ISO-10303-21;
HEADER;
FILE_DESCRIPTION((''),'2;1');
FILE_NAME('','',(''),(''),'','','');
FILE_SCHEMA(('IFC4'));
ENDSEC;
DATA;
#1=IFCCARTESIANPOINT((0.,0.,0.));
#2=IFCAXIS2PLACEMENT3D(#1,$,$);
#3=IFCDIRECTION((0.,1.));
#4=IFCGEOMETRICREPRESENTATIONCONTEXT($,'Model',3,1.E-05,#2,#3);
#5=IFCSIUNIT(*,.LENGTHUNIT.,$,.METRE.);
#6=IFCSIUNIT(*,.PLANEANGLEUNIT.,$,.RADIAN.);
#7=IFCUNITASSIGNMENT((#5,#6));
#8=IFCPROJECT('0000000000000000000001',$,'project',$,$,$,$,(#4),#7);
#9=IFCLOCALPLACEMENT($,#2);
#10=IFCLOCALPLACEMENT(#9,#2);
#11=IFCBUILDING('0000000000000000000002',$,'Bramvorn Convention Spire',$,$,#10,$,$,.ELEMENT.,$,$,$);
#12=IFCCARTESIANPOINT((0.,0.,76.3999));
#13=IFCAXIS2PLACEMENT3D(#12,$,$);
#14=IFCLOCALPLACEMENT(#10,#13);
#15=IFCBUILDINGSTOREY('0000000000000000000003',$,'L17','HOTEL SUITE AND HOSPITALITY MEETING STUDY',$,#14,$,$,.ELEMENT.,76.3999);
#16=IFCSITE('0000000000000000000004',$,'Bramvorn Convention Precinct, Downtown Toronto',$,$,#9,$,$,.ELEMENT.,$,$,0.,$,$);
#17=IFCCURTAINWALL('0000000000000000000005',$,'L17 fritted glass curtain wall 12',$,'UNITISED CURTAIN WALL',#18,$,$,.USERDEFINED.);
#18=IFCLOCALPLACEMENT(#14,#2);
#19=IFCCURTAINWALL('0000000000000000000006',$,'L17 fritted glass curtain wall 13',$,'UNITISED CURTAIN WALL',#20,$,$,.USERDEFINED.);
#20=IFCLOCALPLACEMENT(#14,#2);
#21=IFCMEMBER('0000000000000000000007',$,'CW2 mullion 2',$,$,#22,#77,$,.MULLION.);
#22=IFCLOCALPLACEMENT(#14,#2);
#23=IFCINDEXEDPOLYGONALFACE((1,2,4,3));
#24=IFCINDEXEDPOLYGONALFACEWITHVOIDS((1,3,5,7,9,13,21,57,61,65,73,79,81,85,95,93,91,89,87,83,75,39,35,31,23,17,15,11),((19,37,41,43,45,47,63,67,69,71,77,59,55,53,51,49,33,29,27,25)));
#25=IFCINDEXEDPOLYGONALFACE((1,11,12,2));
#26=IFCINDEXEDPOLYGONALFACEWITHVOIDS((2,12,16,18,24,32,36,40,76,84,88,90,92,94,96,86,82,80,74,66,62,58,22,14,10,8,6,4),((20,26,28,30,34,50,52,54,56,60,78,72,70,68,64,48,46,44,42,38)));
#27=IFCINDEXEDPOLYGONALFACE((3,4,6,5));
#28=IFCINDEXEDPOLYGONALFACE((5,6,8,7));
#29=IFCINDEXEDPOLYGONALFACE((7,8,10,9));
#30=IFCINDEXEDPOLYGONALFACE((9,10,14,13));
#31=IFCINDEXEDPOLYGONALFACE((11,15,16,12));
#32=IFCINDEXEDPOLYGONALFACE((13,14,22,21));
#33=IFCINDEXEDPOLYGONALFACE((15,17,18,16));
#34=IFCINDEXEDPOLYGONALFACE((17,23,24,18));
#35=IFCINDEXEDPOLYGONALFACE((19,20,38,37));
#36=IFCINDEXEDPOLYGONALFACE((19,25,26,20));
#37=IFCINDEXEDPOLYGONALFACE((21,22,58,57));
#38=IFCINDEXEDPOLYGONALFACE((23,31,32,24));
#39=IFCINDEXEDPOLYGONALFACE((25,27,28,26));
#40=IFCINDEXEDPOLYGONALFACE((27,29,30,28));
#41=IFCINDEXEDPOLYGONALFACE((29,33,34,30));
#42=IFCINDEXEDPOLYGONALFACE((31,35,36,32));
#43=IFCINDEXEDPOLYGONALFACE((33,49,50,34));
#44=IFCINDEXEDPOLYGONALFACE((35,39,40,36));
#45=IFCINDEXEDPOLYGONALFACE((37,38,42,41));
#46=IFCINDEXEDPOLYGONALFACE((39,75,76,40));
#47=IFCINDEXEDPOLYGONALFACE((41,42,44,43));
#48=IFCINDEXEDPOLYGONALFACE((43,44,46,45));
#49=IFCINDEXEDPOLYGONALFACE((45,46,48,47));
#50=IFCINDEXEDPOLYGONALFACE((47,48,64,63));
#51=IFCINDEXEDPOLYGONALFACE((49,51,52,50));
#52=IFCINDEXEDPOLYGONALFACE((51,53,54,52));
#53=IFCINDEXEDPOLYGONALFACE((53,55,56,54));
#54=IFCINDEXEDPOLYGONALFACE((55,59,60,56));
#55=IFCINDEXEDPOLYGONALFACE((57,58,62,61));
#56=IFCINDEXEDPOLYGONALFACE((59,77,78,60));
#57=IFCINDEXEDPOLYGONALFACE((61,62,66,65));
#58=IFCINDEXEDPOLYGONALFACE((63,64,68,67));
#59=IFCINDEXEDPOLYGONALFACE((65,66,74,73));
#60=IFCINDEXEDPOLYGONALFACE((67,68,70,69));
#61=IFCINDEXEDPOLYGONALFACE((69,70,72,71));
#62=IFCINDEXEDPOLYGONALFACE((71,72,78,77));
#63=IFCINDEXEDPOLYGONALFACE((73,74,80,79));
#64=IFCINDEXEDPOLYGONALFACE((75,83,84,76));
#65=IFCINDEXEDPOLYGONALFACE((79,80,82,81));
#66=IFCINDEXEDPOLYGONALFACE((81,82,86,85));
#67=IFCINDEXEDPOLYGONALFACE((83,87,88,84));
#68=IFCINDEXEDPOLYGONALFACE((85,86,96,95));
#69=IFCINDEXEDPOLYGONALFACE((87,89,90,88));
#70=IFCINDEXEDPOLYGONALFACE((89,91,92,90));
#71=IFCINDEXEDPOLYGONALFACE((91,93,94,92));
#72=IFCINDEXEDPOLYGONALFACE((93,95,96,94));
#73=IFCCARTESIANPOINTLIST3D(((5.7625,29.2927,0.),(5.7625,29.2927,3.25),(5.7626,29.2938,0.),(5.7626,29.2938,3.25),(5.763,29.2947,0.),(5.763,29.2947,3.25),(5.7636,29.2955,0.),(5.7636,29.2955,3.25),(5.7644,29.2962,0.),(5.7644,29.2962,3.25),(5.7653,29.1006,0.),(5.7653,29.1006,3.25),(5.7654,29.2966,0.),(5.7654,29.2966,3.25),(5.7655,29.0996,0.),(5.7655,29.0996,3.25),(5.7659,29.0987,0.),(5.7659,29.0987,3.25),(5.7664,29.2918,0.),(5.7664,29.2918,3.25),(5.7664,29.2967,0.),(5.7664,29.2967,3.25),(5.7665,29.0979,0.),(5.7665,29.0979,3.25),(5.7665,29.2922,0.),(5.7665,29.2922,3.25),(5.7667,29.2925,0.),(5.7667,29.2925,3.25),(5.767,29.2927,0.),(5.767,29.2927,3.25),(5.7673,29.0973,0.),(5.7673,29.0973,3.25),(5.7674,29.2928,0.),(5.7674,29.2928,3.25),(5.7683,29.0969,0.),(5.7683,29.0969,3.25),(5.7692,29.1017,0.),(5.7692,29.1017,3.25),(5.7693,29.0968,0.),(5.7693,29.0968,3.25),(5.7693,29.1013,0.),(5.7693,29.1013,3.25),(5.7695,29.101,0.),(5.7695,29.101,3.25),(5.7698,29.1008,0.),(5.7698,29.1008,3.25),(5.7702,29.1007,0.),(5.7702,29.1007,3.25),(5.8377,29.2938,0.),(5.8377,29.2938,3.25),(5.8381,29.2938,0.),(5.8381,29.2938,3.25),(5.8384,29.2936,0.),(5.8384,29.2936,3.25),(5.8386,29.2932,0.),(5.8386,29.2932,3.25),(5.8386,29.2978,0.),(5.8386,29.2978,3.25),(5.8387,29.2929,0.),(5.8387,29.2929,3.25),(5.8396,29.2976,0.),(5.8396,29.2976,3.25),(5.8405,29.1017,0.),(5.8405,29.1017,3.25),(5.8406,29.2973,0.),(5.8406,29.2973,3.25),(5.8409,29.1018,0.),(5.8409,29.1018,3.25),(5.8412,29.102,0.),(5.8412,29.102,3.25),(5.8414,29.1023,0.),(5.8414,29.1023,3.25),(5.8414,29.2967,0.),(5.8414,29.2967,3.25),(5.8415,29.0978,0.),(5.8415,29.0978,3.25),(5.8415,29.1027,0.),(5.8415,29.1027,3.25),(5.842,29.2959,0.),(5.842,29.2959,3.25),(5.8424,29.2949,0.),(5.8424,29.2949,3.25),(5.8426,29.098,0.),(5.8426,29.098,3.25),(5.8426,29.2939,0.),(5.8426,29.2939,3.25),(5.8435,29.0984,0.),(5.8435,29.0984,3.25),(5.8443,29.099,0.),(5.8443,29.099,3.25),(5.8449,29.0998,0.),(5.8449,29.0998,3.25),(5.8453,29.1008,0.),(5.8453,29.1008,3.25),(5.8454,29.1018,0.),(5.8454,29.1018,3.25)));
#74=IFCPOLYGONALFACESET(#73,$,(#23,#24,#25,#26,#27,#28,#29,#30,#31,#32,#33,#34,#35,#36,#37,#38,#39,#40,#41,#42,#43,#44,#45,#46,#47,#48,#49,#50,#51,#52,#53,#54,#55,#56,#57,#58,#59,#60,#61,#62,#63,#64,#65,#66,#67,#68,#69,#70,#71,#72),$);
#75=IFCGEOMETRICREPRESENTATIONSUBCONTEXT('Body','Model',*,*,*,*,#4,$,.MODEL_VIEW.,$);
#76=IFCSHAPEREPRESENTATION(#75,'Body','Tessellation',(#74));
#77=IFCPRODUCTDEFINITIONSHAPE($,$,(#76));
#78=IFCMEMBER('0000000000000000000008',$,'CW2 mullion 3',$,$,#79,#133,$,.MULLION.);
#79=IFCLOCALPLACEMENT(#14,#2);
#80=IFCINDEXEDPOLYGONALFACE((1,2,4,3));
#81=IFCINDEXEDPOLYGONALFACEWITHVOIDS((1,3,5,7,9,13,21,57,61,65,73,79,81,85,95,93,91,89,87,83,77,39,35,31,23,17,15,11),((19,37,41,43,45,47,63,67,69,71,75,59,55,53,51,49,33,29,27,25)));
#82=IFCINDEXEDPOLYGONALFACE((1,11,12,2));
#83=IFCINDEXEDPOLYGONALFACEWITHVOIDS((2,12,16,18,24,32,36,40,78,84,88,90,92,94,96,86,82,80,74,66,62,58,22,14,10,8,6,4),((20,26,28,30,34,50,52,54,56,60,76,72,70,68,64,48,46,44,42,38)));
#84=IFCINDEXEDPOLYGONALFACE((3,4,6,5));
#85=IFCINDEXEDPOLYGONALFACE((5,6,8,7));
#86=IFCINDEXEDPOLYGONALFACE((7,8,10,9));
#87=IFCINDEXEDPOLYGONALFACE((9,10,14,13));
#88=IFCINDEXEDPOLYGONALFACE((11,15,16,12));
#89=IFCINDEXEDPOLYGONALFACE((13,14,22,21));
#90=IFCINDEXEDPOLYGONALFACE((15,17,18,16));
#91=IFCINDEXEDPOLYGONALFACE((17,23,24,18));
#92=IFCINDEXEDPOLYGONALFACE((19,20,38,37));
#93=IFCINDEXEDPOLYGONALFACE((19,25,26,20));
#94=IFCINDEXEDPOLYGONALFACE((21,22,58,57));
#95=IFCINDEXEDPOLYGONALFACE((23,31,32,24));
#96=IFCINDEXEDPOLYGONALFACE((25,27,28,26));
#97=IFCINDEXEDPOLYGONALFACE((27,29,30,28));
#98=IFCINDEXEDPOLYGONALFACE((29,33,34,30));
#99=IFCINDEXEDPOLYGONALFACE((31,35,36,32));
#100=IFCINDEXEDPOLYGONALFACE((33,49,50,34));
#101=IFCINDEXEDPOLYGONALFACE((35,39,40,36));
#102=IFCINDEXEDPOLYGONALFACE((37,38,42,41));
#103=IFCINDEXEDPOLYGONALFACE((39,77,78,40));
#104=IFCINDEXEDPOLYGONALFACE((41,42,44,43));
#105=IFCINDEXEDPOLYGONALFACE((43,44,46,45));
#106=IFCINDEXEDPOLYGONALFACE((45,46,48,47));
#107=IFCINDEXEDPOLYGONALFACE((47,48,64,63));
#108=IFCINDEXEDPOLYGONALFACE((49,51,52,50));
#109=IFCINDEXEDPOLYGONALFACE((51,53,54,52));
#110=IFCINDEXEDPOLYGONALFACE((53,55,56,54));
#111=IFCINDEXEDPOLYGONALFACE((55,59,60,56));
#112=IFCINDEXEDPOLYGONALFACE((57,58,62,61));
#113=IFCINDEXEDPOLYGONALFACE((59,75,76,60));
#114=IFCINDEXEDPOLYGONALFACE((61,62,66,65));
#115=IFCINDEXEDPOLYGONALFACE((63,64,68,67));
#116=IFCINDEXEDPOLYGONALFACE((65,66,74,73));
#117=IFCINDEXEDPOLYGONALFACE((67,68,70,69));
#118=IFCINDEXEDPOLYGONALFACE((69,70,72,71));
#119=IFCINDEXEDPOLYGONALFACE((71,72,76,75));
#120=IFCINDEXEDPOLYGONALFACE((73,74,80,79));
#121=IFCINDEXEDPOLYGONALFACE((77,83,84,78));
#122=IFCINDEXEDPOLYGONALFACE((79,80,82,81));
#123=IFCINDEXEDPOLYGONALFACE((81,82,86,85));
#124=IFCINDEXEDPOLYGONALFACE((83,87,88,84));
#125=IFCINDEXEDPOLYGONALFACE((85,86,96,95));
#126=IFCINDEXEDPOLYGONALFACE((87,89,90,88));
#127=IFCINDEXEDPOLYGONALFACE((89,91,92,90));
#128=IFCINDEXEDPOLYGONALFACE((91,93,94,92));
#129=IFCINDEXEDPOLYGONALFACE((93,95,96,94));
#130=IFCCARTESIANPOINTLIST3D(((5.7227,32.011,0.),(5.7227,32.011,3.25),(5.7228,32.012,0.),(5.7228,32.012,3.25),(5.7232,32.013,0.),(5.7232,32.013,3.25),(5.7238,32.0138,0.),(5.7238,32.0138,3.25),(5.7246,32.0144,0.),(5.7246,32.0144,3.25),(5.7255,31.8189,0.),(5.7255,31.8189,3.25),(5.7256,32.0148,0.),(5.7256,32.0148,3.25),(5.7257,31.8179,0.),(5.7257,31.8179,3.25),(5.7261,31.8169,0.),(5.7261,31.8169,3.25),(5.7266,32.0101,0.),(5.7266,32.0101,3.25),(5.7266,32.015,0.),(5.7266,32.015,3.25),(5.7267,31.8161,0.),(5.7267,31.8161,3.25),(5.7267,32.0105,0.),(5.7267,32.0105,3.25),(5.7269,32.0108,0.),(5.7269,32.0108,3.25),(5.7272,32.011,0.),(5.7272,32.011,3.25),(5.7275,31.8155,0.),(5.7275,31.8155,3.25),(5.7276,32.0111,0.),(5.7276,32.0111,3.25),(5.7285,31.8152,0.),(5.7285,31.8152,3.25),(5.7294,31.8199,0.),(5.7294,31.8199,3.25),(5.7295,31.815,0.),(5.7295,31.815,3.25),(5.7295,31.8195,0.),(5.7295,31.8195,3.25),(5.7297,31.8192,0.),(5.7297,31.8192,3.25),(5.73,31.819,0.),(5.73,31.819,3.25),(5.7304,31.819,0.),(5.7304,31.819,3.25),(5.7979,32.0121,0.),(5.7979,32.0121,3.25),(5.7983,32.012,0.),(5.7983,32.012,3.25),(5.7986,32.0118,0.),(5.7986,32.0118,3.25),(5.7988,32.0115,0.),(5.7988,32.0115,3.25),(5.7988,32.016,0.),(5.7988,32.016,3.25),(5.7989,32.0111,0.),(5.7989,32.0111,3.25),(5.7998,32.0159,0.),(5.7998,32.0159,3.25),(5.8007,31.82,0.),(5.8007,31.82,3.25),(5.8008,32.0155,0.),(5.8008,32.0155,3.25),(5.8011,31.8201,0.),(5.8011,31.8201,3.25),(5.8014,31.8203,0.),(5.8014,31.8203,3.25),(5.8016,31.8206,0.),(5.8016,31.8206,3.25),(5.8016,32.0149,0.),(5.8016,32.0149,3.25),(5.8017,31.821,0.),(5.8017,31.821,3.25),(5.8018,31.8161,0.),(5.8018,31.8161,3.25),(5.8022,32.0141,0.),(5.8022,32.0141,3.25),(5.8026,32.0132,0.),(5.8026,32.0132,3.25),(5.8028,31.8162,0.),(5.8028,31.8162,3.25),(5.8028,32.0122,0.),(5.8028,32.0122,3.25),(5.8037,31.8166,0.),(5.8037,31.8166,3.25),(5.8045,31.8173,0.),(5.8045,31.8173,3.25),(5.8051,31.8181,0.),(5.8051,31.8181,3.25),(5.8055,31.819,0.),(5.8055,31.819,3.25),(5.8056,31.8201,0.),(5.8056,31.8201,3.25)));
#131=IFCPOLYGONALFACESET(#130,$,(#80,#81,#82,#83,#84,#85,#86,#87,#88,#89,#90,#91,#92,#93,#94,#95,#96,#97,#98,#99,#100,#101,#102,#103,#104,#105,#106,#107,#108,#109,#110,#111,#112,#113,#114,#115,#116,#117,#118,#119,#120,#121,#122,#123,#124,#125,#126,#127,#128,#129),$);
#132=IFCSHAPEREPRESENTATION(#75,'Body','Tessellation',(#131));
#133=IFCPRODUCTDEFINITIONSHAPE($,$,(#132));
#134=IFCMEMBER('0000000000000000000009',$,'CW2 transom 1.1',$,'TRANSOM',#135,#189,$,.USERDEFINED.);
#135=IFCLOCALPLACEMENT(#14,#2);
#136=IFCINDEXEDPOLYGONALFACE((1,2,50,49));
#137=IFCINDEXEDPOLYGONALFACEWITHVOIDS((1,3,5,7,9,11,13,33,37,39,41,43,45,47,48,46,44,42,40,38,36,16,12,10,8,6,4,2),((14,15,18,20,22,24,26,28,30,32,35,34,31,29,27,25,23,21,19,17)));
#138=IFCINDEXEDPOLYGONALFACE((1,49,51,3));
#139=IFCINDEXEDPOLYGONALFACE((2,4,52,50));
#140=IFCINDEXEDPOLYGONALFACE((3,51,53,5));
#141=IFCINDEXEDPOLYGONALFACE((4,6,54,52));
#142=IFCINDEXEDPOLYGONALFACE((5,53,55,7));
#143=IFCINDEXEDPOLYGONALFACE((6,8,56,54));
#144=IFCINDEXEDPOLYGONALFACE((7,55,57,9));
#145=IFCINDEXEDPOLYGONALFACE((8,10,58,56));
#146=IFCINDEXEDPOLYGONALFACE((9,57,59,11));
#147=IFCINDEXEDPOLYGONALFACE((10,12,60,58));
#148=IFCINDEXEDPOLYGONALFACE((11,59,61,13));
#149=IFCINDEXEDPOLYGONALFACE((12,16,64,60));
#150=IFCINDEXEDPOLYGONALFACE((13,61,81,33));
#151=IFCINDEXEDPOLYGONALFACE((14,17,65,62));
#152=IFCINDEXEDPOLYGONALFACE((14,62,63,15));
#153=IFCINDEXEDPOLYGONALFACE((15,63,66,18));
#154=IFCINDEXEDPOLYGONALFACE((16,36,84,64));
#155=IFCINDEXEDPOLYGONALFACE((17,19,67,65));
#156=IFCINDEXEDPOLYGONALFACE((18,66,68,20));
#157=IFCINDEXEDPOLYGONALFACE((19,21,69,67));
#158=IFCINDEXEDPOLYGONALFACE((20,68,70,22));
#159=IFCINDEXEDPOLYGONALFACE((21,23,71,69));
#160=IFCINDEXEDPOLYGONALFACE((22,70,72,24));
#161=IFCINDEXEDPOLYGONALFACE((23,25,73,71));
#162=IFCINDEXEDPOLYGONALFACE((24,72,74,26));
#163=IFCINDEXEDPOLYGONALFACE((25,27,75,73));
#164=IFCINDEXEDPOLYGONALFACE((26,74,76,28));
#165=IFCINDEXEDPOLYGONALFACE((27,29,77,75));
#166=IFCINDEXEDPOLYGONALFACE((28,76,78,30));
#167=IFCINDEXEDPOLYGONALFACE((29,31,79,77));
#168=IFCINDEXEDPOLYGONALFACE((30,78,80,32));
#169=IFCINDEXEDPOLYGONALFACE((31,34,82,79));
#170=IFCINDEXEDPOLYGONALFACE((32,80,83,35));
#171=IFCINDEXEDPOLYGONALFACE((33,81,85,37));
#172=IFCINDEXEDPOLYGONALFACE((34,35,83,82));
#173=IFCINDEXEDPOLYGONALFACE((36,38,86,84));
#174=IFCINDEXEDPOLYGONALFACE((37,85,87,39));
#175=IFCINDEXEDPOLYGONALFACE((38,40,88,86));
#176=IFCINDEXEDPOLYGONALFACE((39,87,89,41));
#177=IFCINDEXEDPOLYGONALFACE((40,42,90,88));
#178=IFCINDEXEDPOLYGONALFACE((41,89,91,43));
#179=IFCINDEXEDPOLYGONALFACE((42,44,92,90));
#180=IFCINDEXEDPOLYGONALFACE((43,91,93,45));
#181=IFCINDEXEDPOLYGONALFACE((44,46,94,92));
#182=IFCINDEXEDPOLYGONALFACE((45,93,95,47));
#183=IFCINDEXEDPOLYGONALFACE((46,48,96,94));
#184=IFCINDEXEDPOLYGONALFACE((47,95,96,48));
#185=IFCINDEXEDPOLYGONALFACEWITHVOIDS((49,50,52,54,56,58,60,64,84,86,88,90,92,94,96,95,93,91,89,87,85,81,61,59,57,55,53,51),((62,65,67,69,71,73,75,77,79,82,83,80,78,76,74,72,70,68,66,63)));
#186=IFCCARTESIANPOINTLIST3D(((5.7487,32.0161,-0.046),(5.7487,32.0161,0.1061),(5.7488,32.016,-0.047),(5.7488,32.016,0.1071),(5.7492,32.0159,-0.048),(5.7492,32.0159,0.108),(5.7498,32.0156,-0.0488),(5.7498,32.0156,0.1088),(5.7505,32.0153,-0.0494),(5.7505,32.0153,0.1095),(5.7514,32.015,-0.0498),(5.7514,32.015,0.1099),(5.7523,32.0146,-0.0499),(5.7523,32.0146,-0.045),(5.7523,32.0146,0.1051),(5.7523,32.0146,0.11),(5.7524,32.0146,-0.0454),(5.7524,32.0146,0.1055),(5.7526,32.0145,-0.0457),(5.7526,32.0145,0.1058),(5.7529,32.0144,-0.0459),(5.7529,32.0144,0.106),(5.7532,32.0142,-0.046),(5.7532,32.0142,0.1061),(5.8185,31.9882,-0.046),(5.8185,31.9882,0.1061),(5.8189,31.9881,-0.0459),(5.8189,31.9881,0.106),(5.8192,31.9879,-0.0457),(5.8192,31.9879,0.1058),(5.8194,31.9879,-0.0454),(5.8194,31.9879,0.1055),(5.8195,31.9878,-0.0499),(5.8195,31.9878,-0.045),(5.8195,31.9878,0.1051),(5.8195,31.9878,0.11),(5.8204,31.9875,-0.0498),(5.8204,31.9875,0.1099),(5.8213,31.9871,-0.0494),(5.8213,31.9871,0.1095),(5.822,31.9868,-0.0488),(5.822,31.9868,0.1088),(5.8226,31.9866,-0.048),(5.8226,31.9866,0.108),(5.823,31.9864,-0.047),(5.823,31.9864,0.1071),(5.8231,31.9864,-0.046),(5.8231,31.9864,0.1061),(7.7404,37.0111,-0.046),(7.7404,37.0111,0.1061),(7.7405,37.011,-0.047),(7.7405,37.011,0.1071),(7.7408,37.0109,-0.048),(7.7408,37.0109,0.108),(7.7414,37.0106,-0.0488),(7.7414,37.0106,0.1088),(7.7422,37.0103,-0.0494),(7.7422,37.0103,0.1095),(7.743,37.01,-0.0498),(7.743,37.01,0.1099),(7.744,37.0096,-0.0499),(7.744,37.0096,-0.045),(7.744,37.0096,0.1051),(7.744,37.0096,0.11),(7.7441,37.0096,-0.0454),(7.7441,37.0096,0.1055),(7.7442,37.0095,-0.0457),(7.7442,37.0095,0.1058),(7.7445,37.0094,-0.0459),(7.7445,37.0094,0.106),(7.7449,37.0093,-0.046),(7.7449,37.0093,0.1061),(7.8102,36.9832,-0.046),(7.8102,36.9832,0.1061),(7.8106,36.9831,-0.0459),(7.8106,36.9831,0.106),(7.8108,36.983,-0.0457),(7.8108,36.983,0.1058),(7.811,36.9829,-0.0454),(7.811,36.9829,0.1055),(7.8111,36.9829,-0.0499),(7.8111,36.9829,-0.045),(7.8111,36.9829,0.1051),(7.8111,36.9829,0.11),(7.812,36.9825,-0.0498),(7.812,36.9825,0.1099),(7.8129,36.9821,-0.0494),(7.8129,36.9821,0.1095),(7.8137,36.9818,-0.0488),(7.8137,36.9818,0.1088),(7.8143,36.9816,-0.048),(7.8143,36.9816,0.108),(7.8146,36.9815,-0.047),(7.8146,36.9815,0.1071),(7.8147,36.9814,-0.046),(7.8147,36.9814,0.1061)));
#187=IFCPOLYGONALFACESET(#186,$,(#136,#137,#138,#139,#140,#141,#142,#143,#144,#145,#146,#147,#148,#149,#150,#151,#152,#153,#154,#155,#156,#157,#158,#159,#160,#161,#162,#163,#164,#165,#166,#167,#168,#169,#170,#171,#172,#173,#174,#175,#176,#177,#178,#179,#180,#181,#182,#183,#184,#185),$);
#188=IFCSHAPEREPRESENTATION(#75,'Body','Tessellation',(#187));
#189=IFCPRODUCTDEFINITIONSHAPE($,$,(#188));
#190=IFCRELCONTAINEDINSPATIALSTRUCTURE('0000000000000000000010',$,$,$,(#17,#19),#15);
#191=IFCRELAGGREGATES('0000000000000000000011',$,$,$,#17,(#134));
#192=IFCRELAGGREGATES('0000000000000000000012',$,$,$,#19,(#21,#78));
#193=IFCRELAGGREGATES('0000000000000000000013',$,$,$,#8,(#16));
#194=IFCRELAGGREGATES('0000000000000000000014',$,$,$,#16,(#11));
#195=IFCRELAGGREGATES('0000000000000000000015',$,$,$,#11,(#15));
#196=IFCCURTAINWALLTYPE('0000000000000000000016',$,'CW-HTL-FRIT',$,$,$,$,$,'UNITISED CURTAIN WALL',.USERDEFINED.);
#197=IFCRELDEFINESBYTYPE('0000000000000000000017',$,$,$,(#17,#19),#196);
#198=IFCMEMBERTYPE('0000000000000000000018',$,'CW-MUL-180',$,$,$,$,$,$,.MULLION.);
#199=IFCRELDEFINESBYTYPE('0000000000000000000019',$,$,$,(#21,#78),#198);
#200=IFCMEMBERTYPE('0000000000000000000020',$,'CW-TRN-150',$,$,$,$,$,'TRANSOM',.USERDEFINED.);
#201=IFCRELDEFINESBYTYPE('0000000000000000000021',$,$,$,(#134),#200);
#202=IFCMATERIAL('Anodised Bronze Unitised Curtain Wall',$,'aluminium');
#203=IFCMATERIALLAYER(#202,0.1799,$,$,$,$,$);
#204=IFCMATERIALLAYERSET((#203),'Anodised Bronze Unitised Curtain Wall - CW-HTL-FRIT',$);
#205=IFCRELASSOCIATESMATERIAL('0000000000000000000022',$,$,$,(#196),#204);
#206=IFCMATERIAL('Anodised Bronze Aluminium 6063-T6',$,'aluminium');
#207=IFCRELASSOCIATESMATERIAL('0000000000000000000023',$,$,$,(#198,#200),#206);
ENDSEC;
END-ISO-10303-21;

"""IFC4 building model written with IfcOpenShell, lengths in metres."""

from ifc_helpers import new_model, si_unit, direction, frame, origin, origin_2d, place, context, subcontext, project, spatial, hollow_rectangle, extrude, material, layer, layer_set, material_profile, profile_set, type_object, element, aggregate, save


model = new_model("IFC4")

# Units and contexts
model_context = context("Model", 3, precision=1e-05, world=origin(), true_north=direction((0.0, 1.0)))
body_context = subcontext(model_context, "Body", "Model", "MODEL_VIEW")
ifc_project = project(units=[si_unit("LENGTHUNIT", "METRE"), si_unit("PLANEANGLEUNIT", "RADIAN")], contexts=[model_context])

# Site, building, storey
site_placement = place(None, origin())
site = spatial("IfcSite", under=ifc_project, at=site_placement, Name="Bramvorn Convention Precinct, Downtown Toronto", CompositionType="ELEMENT", RefElevation=0.0)
building_placement = place(site_placement, origin())
building = spatial("IfcBuilding", under=site, at=building_placement, Name="Bramvorn Convention Spire", CompositionType="ELEMENT")
storey_placement = place(building_placement, frame((0.0, 0.0, 76.3999)))
storey = spatial("IfcBuildingStorey", under=building, at=storey_placement, Name="L17", Description="HOTEL SUITE AND HOSPITALITY MEETING STUDY", CompositionType="ELEMENT", Elevation=76.3999)

# Curtain wall
ifc_material_1 = material(Name="Anodised Bronze Unitised Curtain Wall", Category="aluminium")
ifc_layer_1 = layer(ifc_material_1, 0.1799)
ifc_layer_set_1 = layer_set([ifc_layer_1], Name="Anodised Bronze Unitised Curtain Wall - CW-HTL-FRIT")
curtain_wall_type = type_object("IfcCurtainWallType", Name="CW-HTL-FRIT", ElementType="UNITISED CURTAIN WALL", PredefinedType="USERDEFINED", material=ifc_layer_set_1)
curtain_wall_1_placement = place(storey_placement, origin())
curtain_wall_1 = element("IfcCurtainWall", 1, at=curtain_wall_1_placement, inside=storey, type_object=curtain_wall_type, Name="L17 fritted glass curtain wall 12", ObjectType="UNITISED CURTAIN WALL", PredefinedType="USERDEFINED")
ifc_material_2 = material(Name="Anodised Bronze Aluminium 6063-T6", Category="aluminium")
ifc_material_profile_1 = material_profile(ifc_material_2, hollow_rectangle(XDim=0.0801, YDim=0.2, WallThickness=0.0039, InnerFilletRadius=0.001, OuterFilletRadius=0.0039, at=origin_2d()))
ifc_profile_set_1 = profile_set([ifc_material_profile_1], Name="Anodised Bronze Aluminium 6063-T6 - CWM80X200")
member_type_1 = type_object("IfcMemberType", Name="CW-MUL-180", PredefinedType="MULLION", material=ifc_profile_set_1)

# Curtain wall, members
curtain_wall_2_placement = place(storey_placement, origin())
curtain_wall_2 = element("IfcCurtainWall", 2, at=curtain_wall_2_placement, inside=storey, type_object=curtain_wall_type, Name="L17 fritted glass curtain wall 13", ObjectType="UNITISED CURTAIN WALL", PredefinedType="USERDEFINED")
member_1_placement = place(storey_placement, frame((5.804, 29.1973, 0.0), z_axis=(0.0, 0.0, 1.0), x_axis=(-0.999893, -0.014625, 0.0)))
member_1 = element("IfcMember", 3, at=member_1_placement, type_object=member_type_1, Name="CW2 mullion 2", PredefinedType="MULLION", context=body_context, shape_type="SweptSolid", body=[
    extrude(hollow_rectangle(XDim=0.0801, YDim=0.2, WallThickness=0.0039, InnerFilletRadius=0.001, OuterFilletRadius=0.0039, at=origin_2d()), origin(), (0.0, 0.0, 1.0), 3.25),
])
member_2_placement = place(storey_placement, frame((5.7642, 31.9155, 0.0), z_axis=(0.0, 0.0, 1.0), x_axis=(-0.999893, -0.014625, 0.0)))
member_2 = element("IfcMember", 4, at=member_2_placement, type_object=member_type_1, Name="CW2 mullion 3", PredefinedType="MULLION", context=body_context, shape_type="SweptSolid", body=[
    extrude(hollow_rectangle(XDim=0.0801, YDim=0.2, WallThickness=0.0039, InnerFilletRadius=0.001, OuterFilletRadius=0.0039, at=origin_2d()), origin(), (0.0, 0.0, 1.0), 3.25),
])

# Member
ifc_material_profile_2 = material_profile(ifc_material_2, hollow_rectangle(XDim=0.0801, YDim=0.1599, WallThickness=0.0039, InnerFilletRadius=0.001, OuterFilletRadius=0.0039, at=origin_2d()))
ifc_profile_set_2 = profile_set([ifc_material_profile_2], Name="Anodised Bronze Aluminium 6063-T6 - CWT80X160")
member_type_2 = type_object("IfcMemberType", Name="CW-TRN-150", ElementType="TRANSOM", PredefinedType="USERDEFINED", material=ifc_profile_set_2)
member_3_placement = place(storey_placement, frame((5.7859, 32.0012, 0.03), z_axis=(0.370373, 0.928883, 0.0), x_axis=(-0.928883, 0.370373, 0.0)))
member_3 = element("IfcMember", 5, at=member_3_placement, type_object=member_type_2, Name="CW2 transom 1.1", ObjectType="TRANSOM", PredefinedType="USERDEFINED", context=body_context, shape_type="SweptSolid", body=[
    extrude(hollow_rectangle(XDim=0.0801, YDim=0.1599, WallThickness=0.0039, InnerFilletRadius=0.001, OuterFilletRadius=0.0039, at=origin_2d()), origin(), (0.0, 0.0, 1.0), 5.3774),
])
aggregate(curtain_wall_1, [member_3])

aggregate(curtain_wall_2, [member_1, member_2])

save(model, "model.ifc")
